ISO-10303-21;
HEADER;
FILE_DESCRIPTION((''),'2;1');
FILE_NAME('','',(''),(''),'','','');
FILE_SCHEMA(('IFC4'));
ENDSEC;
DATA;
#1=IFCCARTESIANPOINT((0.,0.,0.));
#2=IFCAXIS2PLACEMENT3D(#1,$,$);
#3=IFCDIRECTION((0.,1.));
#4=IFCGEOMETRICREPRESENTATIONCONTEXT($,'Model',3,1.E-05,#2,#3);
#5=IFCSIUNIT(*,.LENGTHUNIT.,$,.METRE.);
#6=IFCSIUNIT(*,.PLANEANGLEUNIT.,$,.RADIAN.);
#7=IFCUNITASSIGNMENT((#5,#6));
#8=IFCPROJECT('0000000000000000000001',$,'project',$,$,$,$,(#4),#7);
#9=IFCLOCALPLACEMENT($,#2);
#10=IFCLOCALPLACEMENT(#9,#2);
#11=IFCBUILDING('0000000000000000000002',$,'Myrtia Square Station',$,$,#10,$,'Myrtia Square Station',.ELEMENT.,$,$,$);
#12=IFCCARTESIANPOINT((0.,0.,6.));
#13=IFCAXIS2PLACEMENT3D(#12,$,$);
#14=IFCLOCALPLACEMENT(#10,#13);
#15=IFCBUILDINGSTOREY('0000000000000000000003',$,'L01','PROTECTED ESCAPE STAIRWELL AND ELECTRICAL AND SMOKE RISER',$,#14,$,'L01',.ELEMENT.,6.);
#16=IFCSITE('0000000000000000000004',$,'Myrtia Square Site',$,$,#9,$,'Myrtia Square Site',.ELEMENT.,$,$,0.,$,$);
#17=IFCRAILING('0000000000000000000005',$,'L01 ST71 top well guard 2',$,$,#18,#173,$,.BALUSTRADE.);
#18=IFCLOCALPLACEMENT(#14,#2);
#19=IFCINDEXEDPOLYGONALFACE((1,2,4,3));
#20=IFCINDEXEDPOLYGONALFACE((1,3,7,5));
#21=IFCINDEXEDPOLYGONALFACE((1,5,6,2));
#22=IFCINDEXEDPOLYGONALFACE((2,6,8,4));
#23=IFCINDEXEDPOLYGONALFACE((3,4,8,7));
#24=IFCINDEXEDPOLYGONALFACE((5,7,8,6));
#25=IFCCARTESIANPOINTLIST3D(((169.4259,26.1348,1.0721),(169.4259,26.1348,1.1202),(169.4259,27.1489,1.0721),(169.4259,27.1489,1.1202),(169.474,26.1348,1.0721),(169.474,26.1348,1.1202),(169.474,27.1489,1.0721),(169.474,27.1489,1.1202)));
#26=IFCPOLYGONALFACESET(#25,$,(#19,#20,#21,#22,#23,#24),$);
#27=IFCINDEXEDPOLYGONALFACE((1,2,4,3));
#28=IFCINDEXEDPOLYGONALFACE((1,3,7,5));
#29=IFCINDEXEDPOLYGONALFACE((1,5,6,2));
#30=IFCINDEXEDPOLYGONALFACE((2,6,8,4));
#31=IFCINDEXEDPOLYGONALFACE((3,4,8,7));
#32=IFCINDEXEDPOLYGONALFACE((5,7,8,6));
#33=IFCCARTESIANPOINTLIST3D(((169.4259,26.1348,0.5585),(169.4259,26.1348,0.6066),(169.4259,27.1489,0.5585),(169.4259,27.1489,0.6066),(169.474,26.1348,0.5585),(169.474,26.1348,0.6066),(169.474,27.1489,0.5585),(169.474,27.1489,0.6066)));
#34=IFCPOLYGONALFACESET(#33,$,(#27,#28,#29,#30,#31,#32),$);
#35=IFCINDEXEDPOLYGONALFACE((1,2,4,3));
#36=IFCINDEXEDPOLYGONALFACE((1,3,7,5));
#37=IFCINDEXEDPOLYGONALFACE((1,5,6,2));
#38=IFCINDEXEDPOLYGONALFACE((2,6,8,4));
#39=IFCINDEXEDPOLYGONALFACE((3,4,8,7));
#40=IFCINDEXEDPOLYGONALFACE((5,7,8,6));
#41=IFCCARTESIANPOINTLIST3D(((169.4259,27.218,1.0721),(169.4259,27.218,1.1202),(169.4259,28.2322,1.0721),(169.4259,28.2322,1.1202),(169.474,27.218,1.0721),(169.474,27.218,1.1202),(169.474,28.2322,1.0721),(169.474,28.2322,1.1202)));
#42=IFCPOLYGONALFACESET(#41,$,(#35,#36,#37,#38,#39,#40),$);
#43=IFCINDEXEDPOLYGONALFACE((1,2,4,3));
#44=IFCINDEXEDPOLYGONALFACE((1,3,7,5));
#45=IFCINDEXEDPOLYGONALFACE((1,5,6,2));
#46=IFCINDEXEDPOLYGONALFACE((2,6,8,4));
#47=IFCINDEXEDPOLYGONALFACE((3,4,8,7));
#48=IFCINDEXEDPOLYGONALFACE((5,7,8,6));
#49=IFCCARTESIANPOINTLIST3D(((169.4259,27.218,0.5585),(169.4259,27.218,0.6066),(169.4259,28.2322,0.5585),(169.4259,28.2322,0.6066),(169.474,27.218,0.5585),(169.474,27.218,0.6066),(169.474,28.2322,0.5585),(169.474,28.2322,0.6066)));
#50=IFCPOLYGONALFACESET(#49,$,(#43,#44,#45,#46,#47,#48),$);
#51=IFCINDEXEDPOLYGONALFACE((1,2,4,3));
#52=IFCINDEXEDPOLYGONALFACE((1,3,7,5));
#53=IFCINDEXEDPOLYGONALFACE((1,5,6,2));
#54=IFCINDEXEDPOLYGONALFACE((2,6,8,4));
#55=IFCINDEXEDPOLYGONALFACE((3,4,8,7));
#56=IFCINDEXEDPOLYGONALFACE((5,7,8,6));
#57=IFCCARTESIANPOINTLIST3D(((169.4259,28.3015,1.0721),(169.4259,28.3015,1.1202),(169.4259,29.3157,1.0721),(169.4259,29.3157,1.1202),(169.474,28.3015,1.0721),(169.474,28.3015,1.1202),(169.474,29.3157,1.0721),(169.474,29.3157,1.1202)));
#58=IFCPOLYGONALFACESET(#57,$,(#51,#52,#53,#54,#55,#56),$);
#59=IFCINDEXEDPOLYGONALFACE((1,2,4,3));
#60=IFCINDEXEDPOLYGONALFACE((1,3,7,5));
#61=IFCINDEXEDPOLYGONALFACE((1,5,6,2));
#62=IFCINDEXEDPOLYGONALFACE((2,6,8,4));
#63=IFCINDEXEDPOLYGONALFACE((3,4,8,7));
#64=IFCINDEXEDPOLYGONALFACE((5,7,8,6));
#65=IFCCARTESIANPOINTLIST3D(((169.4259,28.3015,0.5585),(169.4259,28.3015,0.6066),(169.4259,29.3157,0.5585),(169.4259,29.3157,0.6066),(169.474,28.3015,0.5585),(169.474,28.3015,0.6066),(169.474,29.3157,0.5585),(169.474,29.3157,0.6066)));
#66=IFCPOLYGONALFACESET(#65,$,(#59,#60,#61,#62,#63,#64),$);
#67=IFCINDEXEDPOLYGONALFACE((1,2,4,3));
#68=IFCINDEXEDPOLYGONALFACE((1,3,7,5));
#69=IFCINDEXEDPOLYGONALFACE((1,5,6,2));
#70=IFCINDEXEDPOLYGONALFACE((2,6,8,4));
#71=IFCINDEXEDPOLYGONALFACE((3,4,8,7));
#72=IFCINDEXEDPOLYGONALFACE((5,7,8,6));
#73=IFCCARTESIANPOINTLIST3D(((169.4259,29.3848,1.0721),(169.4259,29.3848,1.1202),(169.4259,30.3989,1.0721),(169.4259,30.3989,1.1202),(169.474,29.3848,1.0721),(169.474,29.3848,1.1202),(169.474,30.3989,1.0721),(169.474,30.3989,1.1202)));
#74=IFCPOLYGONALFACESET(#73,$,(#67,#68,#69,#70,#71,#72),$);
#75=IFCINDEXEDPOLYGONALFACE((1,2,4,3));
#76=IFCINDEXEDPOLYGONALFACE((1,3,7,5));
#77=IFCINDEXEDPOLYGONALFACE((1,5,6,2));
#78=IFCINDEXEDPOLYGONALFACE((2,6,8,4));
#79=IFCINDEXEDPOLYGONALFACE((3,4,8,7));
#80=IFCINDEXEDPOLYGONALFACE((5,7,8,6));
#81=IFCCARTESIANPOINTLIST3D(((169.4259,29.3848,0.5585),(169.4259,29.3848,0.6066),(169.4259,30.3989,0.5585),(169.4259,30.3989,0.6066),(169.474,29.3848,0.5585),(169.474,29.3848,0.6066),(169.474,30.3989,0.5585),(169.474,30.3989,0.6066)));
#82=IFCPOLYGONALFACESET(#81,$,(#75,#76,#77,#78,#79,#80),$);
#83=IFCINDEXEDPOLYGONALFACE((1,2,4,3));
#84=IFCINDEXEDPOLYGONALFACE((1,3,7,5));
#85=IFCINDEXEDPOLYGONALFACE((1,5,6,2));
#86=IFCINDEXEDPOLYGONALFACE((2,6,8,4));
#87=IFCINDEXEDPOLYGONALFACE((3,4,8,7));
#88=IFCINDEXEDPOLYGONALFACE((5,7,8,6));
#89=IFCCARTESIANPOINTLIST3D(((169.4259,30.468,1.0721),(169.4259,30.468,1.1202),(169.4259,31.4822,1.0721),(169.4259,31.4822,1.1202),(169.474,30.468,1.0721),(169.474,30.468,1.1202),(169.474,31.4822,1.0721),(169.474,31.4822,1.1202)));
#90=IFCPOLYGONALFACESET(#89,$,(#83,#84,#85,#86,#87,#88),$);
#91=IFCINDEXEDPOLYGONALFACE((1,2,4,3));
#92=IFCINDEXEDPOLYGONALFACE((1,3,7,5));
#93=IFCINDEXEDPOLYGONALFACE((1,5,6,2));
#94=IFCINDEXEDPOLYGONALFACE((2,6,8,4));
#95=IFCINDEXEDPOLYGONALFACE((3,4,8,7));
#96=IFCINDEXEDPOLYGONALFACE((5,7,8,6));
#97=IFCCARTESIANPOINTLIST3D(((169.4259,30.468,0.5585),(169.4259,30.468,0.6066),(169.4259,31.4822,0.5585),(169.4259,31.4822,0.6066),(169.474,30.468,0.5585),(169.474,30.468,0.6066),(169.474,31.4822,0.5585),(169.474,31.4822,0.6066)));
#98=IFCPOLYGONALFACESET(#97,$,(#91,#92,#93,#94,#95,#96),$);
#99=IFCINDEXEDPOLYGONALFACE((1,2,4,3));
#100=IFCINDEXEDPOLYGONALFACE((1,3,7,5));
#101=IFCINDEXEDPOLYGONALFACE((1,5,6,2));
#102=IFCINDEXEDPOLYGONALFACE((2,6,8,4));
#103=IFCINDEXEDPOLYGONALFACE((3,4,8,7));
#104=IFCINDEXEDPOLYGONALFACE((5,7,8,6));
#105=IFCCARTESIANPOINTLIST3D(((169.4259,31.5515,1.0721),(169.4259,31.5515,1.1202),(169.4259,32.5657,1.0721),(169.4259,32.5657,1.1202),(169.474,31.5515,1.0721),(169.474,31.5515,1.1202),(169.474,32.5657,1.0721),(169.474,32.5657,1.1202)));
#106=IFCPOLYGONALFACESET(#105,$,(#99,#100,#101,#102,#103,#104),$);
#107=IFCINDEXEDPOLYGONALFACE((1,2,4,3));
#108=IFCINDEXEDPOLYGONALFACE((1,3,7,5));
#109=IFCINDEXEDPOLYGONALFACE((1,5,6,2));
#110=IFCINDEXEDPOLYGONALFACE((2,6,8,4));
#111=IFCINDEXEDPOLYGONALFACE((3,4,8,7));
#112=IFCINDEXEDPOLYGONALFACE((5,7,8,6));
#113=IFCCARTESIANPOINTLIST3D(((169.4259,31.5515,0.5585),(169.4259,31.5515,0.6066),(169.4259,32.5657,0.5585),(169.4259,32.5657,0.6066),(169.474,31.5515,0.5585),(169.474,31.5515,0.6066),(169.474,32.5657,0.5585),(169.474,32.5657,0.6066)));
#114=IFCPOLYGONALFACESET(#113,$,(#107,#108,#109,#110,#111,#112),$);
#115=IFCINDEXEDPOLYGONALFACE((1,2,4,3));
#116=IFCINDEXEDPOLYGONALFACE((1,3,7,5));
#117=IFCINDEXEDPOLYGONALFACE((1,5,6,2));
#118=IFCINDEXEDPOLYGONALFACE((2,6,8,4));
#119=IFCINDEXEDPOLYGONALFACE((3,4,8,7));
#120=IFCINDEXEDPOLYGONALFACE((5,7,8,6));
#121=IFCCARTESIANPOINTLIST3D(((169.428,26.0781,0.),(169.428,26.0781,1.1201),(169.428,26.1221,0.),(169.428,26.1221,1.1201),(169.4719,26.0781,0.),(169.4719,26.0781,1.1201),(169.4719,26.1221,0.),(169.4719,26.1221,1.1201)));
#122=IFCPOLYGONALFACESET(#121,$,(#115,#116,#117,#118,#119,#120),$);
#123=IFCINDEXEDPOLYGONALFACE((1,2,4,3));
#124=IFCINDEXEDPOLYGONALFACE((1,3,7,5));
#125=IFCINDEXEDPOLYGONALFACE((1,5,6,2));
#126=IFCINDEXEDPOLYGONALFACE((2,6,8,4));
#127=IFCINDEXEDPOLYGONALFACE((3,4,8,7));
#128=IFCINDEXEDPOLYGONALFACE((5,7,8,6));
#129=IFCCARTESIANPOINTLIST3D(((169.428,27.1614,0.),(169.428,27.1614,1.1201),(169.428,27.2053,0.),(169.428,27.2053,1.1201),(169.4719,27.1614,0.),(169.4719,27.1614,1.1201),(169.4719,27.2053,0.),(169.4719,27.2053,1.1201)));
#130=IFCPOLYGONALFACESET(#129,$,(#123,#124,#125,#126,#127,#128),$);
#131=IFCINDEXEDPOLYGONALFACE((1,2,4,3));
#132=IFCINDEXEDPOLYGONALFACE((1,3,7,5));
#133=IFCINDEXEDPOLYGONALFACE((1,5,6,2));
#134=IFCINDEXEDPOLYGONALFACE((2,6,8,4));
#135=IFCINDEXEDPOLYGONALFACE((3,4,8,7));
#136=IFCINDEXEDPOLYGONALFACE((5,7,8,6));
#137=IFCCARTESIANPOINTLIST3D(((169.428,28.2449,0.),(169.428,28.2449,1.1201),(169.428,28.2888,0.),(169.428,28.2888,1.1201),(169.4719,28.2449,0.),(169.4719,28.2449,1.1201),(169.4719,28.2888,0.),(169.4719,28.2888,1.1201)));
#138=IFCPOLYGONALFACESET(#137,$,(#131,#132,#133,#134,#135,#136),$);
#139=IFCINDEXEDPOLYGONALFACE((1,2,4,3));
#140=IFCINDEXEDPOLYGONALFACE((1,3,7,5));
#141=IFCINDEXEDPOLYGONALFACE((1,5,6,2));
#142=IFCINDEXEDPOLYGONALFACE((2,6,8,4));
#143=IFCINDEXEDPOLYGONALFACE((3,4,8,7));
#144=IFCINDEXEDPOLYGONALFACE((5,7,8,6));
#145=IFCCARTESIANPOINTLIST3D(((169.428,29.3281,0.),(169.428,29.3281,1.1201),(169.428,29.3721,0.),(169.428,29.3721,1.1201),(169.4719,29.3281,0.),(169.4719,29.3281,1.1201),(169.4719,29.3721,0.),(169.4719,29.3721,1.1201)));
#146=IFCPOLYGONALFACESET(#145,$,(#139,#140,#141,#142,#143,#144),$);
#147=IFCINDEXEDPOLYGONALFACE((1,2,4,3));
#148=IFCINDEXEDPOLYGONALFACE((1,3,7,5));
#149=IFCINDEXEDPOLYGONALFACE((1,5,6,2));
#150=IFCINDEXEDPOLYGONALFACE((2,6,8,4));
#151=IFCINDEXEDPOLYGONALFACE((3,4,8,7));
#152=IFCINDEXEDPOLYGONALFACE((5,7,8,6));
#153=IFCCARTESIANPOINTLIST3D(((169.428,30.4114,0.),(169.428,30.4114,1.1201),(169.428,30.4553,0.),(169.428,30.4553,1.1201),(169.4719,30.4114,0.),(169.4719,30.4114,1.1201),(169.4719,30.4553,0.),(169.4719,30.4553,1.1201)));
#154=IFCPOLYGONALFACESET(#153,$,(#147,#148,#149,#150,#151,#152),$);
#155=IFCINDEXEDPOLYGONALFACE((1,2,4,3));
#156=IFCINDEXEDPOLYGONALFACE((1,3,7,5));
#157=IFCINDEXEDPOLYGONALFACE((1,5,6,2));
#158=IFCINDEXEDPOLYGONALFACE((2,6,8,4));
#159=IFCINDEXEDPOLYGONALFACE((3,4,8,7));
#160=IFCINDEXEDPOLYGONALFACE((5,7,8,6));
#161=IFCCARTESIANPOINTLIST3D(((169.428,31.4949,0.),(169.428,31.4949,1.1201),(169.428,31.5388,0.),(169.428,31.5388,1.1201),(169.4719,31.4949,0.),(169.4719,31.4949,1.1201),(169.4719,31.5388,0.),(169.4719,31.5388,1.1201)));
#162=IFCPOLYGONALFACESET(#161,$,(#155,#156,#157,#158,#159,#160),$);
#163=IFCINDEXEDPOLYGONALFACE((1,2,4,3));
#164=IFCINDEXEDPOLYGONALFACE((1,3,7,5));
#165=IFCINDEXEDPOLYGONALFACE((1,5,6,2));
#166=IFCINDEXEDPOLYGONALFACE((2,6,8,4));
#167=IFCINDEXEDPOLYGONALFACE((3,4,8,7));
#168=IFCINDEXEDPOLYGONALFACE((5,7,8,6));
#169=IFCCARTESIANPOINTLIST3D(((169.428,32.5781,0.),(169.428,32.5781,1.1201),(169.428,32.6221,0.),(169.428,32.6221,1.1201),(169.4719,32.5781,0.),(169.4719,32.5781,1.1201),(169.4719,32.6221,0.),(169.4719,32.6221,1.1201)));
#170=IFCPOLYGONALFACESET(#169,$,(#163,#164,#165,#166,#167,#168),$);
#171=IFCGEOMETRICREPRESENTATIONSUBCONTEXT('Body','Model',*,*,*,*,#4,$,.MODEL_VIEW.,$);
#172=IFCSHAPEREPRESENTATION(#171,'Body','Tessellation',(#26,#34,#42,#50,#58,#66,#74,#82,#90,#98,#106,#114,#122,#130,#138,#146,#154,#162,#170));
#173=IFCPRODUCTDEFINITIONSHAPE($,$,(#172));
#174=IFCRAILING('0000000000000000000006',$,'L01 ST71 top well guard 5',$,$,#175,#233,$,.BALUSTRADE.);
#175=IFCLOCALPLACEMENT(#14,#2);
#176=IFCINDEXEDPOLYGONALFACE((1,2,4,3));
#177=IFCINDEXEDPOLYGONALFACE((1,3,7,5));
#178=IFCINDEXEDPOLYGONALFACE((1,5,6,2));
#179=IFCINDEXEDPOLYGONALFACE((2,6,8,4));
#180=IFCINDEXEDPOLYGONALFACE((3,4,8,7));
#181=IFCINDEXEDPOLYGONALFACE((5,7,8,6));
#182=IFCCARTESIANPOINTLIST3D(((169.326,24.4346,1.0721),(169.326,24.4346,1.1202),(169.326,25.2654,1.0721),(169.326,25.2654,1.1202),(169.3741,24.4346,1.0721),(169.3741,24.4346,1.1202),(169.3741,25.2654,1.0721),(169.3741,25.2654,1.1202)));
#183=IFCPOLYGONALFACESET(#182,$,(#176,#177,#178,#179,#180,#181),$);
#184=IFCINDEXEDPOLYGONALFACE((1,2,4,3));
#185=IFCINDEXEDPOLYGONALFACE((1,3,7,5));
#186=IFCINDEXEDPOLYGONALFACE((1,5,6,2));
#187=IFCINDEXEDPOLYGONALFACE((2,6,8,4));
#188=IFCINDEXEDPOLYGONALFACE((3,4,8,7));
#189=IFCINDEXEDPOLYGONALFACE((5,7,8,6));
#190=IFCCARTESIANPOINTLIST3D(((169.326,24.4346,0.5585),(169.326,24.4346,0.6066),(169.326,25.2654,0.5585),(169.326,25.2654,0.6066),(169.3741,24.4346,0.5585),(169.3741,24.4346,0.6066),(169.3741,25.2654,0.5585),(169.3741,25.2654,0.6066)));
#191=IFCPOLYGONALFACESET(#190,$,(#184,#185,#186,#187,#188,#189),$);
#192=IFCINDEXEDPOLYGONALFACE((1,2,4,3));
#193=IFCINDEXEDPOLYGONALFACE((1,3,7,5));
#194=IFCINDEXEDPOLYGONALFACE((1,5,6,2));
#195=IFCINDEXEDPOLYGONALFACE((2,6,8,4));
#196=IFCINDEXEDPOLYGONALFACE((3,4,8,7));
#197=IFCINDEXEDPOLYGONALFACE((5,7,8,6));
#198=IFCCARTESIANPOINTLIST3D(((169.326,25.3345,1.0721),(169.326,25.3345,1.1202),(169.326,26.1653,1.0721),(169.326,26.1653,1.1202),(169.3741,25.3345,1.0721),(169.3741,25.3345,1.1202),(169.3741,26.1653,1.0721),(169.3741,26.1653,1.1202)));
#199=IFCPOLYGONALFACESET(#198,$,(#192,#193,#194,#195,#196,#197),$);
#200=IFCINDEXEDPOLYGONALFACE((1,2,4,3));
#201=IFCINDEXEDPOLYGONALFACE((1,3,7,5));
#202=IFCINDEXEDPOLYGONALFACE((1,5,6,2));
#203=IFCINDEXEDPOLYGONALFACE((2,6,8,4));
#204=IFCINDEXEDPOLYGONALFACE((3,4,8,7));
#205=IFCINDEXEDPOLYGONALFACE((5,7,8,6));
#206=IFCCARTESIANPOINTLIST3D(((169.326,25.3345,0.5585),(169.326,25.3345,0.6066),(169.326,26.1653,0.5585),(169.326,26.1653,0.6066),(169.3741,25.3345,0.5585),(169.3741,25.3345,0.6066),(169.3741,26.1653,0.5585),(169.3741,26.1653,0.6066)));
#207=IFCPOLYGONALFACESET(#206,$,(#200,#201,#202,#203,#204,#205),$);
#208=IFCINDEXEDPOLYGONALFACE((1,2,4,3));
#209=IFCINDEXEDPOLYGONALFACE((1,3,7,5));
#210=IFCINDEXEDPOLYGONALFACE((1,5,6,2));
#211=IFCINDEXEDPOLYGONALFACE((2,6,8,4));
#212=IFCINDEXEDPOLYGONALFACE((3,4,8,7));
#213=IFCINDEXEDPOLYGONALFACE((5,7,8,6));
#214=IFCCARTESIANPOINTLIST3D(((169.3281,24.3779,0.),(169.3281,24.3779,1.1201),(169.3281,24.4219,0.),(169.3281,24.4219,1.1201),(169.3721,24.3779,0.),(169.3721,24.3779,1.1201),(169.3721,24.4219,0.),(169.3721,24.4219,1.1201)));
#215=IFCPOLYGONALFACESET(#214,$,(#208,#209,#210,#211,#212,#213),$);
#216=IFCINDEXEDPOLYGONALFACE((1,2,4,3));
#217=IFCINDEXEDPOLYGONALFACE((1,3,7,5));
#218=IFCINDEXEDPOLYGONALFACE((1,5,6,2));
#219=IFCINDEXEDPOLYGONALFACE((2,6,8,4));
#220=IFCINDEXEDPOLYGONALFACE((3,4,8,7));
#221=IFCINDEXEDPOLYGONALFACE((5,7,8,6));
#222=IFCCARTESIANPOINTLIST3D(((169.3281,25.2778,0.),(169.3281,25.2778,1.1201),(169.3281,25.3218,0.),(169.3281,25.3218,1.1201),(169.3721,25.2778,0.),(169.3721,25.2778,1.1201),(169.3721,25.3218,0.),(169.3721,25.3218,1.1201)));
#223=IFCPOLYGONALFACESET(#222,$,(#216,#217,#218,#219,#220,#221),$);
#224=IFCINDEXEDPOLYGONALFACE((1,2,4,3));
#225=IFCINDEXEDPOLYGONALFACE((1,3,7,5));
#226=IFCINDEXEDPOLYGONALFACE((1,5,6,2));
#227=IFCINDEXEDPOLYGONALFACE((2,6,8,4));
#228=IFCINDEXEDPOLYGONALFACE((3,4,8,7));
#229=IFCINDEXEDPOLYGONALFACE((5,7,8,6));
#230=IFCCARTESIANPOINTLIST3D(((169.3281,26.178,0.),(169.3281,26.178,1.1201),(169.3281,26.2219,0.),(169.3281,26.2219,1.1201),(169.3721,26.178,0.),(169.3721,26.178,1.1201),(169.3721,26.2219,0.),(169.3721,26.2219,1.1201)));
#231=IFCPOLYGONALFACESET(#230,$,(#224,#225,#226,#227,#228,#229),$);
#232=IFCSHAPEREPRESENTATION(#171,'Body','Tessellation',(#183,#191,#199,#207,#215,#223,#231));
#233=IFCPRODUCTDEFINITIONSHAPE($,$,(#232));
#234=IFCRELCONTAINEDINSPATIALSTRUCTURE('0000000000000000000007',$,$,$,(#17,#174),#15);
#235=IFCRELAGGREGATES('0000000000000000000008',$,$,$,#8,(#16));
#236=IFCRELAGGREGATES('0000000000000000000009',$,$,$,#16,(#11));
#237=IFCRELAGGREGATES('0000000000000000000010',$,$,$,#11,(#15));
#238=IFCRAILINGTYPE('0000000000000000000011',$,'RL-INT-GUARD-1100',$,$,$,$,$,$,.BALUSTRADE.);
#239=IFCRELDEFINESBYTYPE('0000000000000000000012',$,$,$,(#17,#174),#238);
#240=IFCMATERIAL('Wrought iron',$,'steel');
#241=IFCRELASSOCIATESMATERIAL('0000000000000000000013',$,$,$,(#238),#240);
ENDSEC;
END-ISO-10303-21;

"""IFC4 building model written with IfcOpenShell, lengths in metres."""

from ifc_helpers import new_model, si_unit, direction, frame, origin, origin_2d, place, context, subcontext, project, spatial, rectangle, extrude, material, type_object, element, save


model = new_model("IFC4")

# Units and contexts
model_context = context("Model", 3, precision=1e-05, world=origin(), true_north=direction((0.0, 1.0)))
body_context = subcontext(model_context, "Body", "Model", "MODEL_VIEW")
ifc_project = project(units=[si_unit("LENGTHUNIT", "METRE"), si_unit("PLANEANGLEUNIT", "RADIAN")], contexts=[model_context])

# Site, building, storey
site_placement = place(None, origin())
site = spatial("IfcSite", under=ifc_project, at=site_placement, Name="Myrtia Square Site", LongName="Myrtia Square Site", CompositionType="ELEMENT", RefElevation=0.0)
building_placement = place(site_placement, origin())
building = spatial("IfcBuilding", under=site, at=building_placement, Name="Myrtia Square Station", LongName="Myrtia Square Station", CompositionType="ELEMENT")
storey_placement = place(building_placement, frame((0.0, 0.0, 6.0)))
storey = spatial("IfcBuildingStorey", under=building, at=storey_placement, Name="L01", Description="PROTECTED ESCAPE STAIRWELL AND ELECTRICAL AND SMOKE RISER", LongName="L01", CompositionType="ELEMENT", Elevation=6.0)

# Railings
ifc_material_1 = material(Name="Wrought iron", Category="steel")
railing_type = type_object("IfcRailingType", Name="RL-INT-GUARD-1100", PredefinedType="BALUSTRADE", material=ifc_material_1)
railing_1_placement = place(storey_placement, frame((169.45, 26.1001, 0.0)))
element("IfcRailing", 1, at=railing_1_placement, inside=storey, type_object=railing_type, Name="L01 ST71 top well guard 2", PredefinedType="BALUSTRADE", context=body_context, shape_type="SweptSolid", body=[
    extrude(rectangle(XDim=0.0481, YDim=0.0481, at=origin_2d()), frame((0.0, 0.0347, 1.0962), z_axis=(0.0, 1.0, 0.0), x_axis=(-1.0, 0.0, 0.0)), (0.0, 0.0, 1.0), 1.0142),
    extrude(rectangle(XDim=0.0481, YDim=0.0481, at=origin_2d()), frame((0.0, 0.0347, 0.5825), z_axis=(0.0, 1.0, 0.0), x_axis=(-1.0, 0.0, 0.0)), (0.0, 0.0, 1.0), 1.0142),
    extrude(rectangle(XDim=0.0481, YDim=0.0481, at=origin_2d()), frame((0.0, 1.1179, 1.0962), z_axis=(0.0, 1.0, 0.0), x_axis=(-1.0, 0.0, 0.0)), (0.0, 0.0, 1.0), 1.0142),
    extrude(rectangle(XDim=0.0481, YDim=0.0481, at=origin_2d()), frame((0.0, 1.1179, 0.5825), z_axis=(0.0, 1.0, 0.0), x_axis=(-1.0, 0.0, 0.0)), (0.0, 0.0, 1.0), 1.0142),
    extrude(rectangle(XDim=0.0481, YDim=0.0481, at=origin_2d()), frame((0.0, 2.2014, 1.0962), z_axis=(0.0, 1.0, 0.0), x_axis=(-1.0, 0.0, 0.0)), (0.0, 0.0, 1.0), 1.0142),
    extrude(rectangle(XDim=0.0481, YDim=0.0481, at=origin_2d()), frame((0.0, 2.2014, 0.5825), z_axis=(0.0, 1.0, 0.0), x_axis=(-1.0, 0.0, 0.0)), (0.0, 0.0, 1.0), 1.0142),
    extrude(rectangle(XDim=0.0481, YDim=0.0481, at=origin_2d()), frame((0.0, 3.2847, 1.0962), z_axis=(0.0, 1.0, 0.0), x_axis=(-1.0, 0.0, 0.0)), (0.0, 0.0, 1.0), 1.0142),
    extrude(rectangle(XDim=0.0481, YDim=0.0481, at=origin_2d()), frame((0.0, 3.2847, 0.5825), z_axis=(0.0, 1.0, 0.0), x_axis=(-1.0, 0.0, 0.0)), (0.0, 0.0, 1.0), 1.0142),
    extrude(rectangle(XDim=0.0481, YDim=0.0481, at=origin_2d()), frame((0.0, 4.3679, 1.0962), z_axis=(0.0, 1.0, 0.0), x_axis=(-1.0, 0.0, 0.0)), (0.0, 0.0, 1.0), 1.0142),
    extrude(rectangle(XDim=0.0481, YDim=0.0481, at=origin_2d()), frame((0.0, 4.3679, 0.5825), z_axis=(0.0, 1.0, 0.0), x_axis=(-1.0, 0.0, 0.0)), (0.0, 0.0, 1.0), 1.0142),
    extrude(rectangle(XDim=0.0481, YDim=0.0481, at=origin_2d()), frame((0.0, 5.4514, 1.0962), z_axis=(0.0, 1.0, 0.0), x_axis=(-1.0, 0.0, 0.0)), (0.0, 0.0, 1.0), 1.0142),
    extrude(rectangle(XDim=0.0481, YDim=0.0481, at=origin_2d()), frame((0.0, 5.4514, 0.5825), z_axis=(0.0, 1.0, 0.0), x_axis=(-1.0, 0.0, 0.0)), (0.0, 0.0, 1.0), 1.0142),
    extrude(rectangle(XDim=0.0439, YDim=0.0439, at=origin_2d()), origin(), (0.0, 0.0, 1.0), 1.1201),
    extrude(rectangle(XDim=0.0439, YDim=0.0439, at=origin_2d()), frame((0.0, 1.0833, 0.0)), (0.0, 0.0, 1.0), 1.1201),
    extrude(rectangle(XDim=0.0439, YDim=0.0439, at=origin_2d()), frame((0.0, 2.1667, 0.0)), (0.0, 0.0, 1.0), 1.1201),
    extrude(rectangle(XDim=0.0439, YDim=0.0439, at=origin_2d()), frame((0.0, 3.25, 0.0)), (0.0, 0.0, 1.0), 1.1201),
    extrude(rectangle(XDim=0.0439, YDim=0.0439, at=origin_2d()), frame((0.0, 4.3333, 0.0)), (0.0, 0.0, 1.0), 1.1201),
    extrude(rectangle(XDim=0.0439, YDim=0.0439, at=origin_2d()), frame((0.0, 5.4167, 0.0)), (0.0, 0.0, 1.0), 1.1201),
    extrude(rectangle(XDim=0.0439, YDim=0.0439, at=origin_2d()), frame((0.0, 6.5, 0.0)), (0.0, 0.0, 1.0), 1.1201),
])
railing_2_placement = place(storey_placement, frame((169.3501, 24.3999, 0.0)))
element("IfcRailing", 2, at=railing_2_placement, inside=storey, type_object=railing_type, Name="L01 ST71 top well guard 5", PredefinedType="BALUSTRADE", context=body_context, shape_type="SweptSolid", body=[
    extrude(rectangle(XDim=0.0481, YDim=0.0481, at=origin_2d()), frame((0.0, 0.0347, 1.0962), z_axis=(0.0, 1.0, 0.0), x_axis=(-1.0, 0.0, 0.0)), (0.0, 0.0, 1.0), 0.8308),
    extrude(rectangle(XDim=0.0481, YDim=0.0481, at=origin_2d()), frame((0.0, 0.0347, 0.5825), z_axis=(0.0, 1.0, 0.0), x_axis=(-1.0, 0.0, 0.0)), (0.0, 0.0, 1.0), 0.8308),
    extrude(rectangle(XDim=0.0481, YDim=0.0481, at=origin_2d()), frame((0.0, 0.9346, 1.0962), z_axis=(0.0, 1.0, 0.0), x_axis=(-1.0, 0.0, 0.0)), (0.0, 0.0, 1.0), 0.8308),
    extrude(rectangle(XDim=0.0481, YDim=0.0481, at=origin_2d()), frame((0.0, 0.9346, 0.5825), z_axis=(0.0, 1.0, 0.0), x_axis=(-1.0, 0.0, 0.0)), (0.0, 0.0, 1.0), 0.8308),
    extrude(rectangle(XDim=0.0439, YDim=0.0439, at=origin_2d()), origin(), (0.0, 0.0, 1.0), 1.1201),
    extrude(rectangle(XDim=0.0439, YDim=0.0439, at=origin_2d()), frame((0.0, 0.8999, 0.0)), (0.0, 0.0, 1.0), 1.1201),
    extrude(rectangle(XDim=0.0439, YDim=0.0439, at=origin_2d()), frame((0.0, 1.8, 0.0)), (0.0, 0.0, 1.0), 1.1201),
])

save(model, "model.ifc")
